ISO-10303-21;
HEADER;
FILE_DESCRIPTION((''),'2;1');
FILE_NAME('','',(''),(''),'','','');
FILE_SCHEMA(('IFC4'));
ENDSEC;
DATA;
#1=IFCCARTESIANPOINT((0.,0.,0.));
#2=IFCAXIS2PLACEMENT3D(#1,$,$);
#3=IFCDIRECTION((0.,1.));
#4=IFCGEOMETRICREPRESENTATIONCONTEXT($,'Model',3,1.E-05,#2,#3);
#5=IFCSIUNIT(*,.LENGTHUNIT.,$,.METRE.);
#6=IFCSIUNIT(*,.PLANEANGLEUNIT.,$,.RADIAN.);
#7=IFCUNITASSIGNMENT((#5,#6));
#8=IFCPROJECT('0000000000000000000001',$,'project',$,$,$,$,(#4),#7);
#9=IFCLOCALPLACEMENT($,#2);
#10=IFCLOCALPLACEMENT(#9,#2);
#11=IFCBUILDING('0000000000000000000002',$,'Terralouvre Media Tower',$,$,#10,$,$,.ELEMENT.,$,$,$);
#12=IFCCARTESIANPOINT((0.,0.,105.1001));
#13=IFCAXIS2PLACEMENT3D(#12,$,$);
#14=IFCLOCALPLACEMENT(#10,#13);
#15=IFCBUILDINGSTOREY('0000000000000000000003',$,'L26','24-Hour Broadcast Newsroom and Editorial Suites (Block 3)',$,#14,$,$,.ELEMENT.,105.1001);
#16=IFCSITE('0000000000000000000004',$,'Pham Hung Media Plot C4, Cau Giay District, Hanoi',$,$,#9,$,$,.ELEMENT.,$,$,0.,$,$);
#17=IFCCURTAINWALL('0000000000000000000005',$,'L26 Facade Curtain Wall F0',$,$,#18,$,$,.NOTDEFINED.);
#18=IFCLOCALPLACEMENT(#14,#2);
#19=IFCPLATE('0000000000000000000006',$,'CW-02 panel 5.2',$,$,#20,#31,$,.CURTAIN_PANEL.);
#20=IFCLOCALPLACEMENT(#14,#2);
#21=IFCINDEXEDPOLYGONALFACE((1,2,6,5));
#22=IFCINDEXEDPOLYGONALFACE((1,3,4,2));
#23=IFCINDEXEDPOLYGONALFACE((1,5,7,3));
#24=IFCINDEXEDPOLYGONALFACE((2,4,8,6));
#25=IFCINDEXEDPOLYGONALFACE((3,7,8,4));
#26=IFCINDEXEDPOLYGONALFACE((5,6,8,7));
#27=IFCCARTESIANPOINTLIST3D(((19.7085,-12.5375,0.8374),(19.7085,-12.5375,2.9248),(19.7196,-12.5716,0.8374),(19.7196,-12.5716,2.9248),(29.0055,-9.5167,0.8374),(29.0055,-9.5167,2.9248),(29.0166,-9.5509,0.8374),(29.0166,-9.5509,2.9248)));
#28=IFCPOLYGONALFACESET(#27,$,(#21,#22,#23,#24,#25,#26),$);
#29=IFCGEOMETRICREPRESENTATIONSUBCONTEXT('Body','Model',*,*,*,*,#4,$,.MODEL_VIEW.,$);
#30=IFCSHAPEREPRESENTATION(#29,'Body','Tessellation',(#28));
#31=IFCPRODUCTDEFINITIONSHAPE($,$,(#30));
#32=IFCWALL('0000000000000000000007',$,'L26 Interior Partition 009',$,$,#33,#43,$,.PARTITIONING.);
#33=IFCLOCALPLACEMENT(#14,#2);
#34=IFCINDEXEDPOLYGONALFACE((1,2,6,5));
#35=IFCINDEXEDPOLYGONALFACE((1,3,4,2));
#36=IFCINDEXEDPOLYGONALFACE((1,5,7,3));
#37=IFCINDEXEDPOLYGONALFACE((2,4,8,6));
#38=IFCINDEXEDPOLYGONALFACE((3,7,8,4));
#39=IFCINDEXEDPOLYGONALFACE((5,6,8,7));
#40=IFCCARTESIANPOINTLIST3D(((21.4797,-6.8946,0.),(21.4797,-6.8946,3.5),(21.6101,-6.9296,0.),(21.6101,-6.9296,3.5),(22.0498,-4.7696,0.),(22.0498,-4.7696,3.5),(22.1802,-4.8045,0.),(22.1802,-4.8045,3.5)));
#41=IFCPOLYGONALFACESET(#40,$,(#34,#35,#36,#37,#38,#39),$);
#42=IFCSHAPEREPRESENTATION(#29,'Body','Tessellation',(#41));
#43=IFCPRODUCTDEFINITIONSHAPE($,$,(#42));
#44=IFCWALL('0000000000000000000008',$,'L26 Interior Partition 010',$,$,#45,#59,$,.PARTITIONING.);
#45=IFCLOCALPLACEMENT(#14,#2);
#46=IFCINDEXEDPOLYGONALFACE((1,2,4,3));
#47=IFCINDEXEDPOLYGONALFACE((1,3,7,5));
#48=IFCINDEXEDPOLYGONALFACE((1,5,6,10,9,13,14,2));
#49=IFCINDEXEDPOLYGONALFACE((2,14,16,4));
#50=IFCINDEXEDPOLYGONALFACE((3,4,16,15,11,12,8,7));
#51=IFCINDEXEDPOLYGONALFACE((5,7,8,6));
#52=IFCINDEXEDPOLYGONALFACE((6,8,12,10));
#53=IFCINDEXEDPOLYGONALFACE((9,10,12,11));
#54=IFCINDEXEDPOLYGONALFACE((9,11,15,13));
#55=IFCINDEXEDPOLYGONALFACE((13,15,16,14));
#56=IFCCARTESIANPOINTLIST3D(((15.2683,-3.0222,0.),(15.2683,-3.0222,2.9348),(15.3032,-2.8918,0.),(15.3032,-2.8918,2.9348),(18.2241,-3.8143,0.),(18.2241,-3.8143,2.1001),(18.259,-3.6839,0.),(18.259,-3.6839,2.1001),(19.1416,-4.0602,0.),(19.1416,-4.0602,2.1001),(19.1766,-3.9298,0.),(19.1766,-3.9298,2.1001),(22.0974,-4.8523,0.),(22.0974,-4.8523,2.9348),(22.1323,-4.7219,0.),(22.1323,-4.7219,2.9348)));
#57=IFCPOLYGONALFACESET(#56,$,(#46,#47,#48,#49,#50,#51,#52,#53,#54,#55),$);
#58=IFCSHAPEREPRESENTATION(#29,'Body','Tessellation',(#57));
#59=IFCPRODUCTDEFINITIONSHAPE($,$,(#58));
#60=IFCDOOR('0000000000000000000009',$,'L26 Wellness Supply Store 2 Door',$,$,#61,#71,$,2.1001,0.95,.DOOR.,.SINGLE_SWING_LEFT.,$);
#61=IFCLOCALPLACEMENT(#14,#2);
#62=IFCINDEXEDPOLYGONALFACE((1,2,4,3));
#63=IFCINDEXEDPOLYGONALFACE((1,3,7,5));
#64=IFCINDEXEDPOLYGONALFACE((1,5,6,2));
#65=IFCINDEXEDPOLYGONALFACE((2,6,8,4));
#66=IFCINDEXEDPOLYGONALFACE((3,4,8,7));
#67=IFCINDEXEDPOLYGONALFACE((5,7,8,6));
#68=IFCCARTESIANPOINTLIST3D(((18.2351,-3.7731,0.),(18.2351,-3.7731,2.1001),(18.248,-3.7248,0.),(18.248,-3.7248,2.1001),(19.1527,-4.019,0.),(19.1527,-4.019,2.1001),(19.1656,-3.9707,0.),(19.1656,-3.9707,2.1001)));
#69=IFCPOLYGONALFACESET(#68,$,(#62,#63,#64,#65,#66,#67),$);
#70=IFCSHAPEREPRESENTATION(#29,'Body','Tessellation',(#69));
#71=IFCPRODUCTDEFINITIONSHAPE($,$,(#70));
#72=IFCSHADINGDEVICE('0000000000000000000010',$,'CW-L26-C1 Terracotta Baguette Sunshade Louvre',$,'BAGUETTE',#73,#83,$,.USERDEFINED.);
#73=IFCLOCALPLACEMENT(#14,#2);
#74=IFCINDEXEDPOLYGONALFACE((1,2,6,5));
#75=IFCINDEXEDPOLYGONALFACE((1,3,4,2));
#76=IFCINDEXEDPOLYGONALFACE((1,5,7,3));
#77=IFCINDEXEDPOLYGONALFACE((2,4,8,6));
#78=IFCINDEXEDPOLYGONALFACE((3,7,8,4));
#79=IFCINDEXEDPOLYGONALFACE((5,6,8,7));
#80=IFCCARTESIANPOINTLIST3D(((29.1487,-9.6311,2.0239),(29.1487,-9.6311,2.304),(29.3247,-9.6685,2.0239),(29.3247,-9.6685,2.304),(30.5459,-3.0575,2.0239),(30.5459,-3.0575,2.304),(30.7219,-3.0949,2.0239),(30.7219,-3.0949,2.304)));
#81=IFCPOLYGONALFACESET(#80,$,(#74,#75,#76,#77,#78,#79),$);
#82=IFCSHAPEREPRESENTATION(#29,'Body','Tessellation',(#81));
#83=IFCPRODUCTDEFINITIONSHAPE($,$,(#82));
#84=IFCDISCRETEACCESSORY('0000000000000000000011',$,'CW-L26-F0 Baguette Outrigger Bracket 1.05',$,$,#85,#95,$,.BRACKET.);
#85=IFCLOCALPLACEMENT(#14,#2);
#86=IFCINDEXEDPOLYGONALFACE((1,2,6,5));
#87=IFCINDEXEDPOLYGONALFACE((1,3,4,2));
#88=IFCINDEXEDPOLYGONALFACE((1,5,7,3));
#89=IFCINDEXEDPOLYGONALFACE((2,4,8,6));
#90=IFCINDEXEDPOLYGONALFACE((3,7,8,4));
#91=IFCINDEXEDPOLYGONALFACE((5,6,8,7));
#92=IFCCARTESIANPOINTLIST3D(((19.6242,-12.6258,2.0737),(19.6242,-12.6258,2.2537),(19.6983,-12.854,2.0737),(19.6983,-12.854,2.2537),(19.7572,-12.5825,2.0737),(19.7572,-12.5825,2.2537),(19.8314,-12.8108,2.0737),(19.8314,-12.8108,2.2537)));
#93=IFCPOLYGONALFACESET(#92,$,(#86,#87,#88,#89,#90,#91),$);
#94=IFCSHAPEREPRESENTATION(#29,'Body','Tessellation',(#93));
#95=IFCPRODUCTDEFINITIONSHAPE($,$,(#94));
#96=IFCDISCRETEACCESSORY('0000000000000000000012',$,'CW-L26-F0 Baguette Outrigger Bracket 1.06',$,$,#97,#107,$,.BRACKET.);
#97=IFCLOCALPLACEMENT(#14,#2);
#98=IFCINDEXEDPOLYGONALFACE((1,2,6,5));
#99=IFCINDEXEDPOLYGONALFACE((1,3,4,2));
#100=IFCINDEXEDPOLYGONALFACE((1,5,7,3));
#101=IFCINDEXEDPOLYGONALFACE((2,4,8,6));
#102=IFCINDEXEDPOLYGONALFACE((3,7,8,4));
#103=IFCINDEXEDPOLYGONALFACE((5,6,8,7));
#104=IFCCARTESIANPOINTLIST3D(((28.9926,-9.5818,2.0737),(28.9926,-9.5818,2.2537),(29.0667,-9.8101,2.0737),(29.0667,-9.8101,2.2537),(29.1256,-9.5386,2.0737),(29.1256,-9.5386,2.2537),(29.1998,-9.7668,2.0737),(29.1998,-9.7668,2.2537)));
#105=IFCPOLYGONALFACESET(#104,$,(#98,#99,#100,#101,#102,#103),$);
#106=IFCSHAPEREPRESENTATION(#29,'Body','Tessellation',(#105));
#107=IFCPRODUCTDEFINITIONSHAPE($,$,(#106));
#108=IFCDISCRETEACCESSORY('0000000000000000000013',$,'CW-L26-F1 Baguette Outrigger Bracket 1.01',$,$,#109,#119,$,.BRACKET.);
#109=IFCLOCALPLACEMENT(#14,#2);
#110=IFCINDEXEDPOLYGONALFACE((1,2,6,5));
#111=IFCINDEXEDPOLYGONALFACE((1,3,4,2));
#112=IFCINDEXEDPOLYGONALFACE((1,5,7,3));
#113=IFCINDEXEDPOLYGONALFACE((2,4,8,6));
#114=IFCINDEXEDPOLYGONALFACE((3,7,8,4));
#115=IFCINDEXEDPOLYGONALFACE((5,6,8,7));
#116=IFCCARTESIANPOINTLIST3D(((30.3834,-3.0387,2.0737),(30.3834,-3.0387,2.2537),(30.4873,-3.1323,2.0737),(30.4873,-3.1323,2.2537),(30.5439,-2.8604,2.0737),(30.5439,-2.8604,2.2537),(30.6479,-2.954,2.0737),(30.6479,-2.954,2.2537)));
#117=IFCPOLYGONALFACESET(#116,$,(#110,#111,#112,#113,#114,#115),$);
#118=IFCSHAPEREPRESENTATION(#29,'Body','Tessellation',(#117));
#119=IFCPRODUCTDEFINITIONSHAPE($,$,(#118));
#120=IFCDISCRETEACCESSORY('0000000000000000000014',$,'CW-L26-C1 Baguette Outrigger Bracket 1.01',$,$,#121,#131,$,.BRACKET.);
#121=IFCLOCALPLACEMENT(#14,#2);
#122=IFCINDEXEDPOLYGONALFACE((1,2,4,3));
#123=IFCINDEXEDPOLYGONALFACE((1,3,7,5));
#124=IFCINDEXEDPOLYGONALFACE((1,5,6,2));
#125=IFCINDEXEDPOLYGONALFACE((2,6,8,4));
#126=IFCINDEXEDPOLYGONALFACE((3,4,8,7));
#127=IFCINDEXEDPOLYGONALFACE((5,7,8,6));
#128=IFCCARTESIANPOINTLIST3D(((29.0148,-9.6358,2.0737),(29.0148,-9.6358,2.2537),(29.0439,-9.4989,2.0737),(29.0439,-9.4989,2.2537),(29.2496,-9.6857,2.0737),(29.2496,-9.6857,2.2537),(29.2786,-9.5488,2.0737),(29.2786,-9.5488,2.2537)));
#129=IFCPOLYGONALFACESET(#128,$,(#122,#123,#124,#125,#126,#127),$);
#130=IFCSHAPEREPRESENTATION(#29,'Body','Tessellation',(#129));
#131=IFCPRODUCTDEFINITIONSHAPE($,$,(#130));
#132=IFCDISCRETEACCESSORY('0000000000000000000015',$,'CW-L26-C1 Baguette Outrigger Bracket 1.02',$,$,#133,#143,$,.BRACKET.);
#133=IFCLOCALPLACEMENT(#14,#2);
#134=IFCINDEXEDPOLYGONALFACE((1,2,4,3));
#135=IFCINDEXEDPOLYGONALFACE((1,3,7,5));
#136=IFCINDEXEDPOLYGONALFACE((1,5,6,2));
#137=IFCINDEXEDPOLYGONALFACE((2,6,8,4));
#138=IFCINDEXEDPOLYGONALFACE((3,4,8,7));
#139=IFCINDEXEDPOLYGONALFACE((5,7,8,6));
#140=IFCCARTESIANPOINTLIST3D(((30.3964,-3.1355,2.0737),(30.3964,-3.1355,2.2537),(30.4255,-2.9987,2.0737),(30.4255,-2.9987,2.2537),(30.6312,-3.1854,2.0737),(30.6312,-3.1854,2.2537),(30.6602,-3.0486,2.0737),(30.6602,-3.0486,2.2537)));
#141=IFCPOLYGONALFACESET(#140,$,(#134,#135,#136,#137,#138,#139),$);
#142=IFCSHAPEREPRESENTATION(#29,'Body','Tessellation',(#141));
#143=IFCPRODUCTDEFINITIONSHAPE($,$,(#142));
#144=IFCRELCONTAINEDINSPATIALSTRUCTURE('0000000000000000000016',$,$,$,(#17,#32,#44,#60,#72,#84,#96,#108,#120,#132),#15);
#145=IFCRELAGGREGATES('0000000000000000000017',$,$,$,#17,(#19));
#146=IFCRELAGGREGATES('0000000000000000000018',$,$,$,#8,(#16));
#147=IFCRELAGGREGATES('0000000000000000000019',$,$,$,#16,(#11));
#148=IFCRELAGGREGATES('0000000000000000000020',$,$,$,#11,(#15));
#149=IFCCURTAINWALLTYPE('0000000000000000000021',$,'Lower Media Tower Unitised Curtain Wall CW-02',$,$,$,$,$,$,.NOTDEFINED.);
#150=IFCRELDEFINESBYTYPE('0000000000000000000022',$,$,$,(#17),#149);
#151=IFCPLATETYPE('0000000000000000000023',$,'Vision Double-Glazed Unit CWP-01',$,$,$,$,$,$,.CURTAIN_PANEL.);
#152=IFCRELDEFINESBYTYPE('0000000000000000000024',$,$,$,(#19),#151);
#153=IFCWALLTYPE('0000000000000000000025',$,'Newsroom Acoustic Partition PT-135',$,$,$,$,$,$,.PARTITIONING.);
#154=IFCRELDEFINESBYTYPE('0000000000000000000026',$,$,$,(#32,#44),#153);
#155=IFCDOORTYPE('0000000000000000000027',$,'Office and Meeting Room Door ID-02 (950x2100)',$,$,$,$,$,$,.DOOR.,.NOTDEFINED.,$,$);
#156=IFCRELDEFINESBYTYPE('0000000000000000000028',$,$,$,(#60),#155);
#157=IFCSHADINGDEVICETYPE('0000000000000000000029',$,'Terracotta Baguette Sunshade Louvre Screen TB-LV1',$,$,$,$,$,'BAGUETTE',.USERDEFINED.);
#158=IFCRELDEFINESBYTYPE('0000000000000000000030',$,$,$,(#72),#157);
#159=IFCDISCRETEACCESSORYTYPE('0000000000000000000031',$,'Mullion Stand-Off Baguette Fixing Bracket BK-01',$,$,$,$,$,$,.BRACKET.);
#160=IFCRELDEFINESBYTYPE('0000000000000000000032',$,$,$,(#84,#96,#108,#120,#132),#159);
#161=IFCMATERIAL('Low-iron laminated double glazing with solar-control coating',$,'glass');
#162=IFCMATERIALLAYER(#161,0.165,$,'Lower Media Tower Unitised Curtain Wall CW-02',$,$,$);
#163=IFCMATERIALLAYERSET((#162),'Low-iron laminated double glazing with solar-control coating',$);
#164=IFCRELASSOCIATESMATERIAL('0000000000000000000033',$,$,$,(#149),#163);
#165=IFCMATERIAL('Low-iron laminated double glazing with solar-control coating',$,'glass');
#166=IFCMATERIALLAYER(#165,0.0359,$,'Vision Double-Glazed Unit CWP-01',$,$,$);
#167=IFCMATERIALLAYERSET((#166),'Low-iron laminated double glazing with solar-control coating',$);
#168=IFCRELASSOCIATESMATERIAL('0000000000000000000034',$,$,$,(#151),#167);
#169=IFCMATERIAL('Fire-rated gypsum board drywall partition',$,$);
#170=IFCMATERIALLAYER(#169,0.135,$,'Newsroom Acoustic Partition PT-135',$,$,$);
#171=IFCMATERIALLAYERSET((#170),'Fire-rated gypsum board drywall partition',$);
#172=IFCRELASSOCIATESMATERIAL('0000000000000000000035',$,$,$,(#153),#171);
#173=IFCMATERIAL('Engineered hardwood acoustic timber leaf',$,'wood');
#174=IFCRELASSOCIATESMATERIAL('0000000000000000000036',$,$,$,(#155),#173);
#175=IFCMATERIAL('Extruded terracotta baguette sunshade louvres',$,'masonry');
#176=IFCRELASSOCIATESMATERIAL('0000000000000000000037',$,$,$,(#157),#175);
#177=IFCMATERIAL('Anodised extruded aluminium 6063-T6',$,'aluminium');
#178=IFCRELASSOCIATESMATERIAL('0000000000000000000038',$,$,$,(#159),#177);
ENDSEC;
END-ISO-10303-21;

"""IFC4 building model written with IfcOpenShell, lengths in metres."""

from ifc_helpers import new_model, si_unit, direction, frame, frame_2d, origin, origin_2d, place, context, subcontext, project, spatial, rectangle, extrude, material, layer, layer_set, type_object, element, fill, aggregate, save


model = new_model("IFC4")

# Units and contexts
model_context = context("Model", 3, precision=1e-05, world=origin(), true_north=direction((0.0, 1.0)))
body_context = subcontext(model_context, "Body", "Model", "MODEL_VIEW")
ifc_project = project(units=[si_unit("LENGTHUNIT", "METRE"), si_unit("PLANEANGLEUNIT", "RADIAN")], contexts=[model_context])

# Site, building, storey
site_placement = place(None, origin())
site = spatial("IfcSite", under=ifc_project, at=site_placement, Name="Pham Hung Media Plot C4, Cau Giay District, Hanoi", CompositionType="ELEMENT", RefElevation=0.0)
building_placement = place(site_placement, origin())
building = spatial("IfcBuilding", under=site, at=building_placement, Name="Terralouvre Media Tower", CompositionType="ELEMENT")
storey_placement = place(building_placement, frame((0.0, 0.0, 105.1001)))
storey = spatial("IfcBuildingStorey", under=building, at=storey_placement, Name="L26", Description="24-Hour Broadcast Newsroom and Editorial Suites (Block 3)", CompositionType="ELEMENT", Elevation=105.1001)

# Curtain wall
ifc_material_1 = material(Name="Low-iron laminated double glazing with solar-control coating", Category="glass")
ifc_layer_1 = layer(ifc_material_1, 0.165, Name="Lower Media Tower Unitised Curtain Wall CW-02")
ifc_layer_set_1 = layer_set([ifc_layer_1], Name="Low-iron laminated double glazing with solar-control coating")
curtain_wall_type_1 = type_object("IfcCurtainWallType", Name="Lower Media Tower Unitised Curtain Wall CW-02", PredefinedType="NOTDEFINED", material=ifc_layer_set_1)
curtain_wall_1_placement = place(storey_placement, origin())
curtain_wall_1 = element("IfcCurtainWall", 1, at=curtain_wall_1_placement, inside=storey, type_object=curtain_wall_type_1, Name="L26 Facade Curtain Wall F0", PredefinedType="NOTDEFINED")

# Plate
ifc_material_2 = material(Name="Low-iron laminated double glazing with solar-control coating", Category="glass")
ifc_layer_2 = layer(ifc_material_2, 0.0359, Name="Vision Double-Glazed Unit CWP-01")
ifc_layer_set_2 = layer_set([ifc_layer_2], Name="Low-iron laminated double glazing with solar-control coating")
plate_type_1 = type_object("IfcPlateType", Name="Vision Double-Glazed Unit CWP-01", PredefinedType="CURTAIN_PANEL", material=ifc_layer_set_2)
plate_1_placement = place(storey_placement, frame((24.3625, -11.0442, 0.8374), z_axis=(0.0, 0.0, 1.0), x_axis=(0.951057, 0.309017, 0.0)))
plate_1 = element("IfcPlate", 2, at=plate_1_placement, type_object=plate_type_1, Name="CW-02 panel 5.2", PredefinedType="CURTAIN_PANEL", context=body_context, shape_type="SweptSolid", body=[
    extrude(rectangle(XDim=9.7754, YDim=0.0359, at=origin_2d()), origin(), (0.0, 0.0, 1.0), 2.0874),
])
aggregate(curtain_wall_1, [plate_1])

# Wall
ifc_material_3 = material(Name="Fire-rated gypsum board drywall partition")
ifc_layer_3 = layer(ifc_material_3, 0.135, Name="Newsroom Acoustic Partition PT-135")
ifc_layer_set_3 = layer_set([ifc_layer_3], Name="Fire-rated gypsum board drywall partition")
wall_type = type_object("IfcWallType", Name="Newsroom Acoustic Partition PT-135", PredefinedType="PARTITIONING", material=ifc_layer_set_3)
wall_1_placement = place(storey_placement, frame((21.5449, -6.9121, 0.0), z_axis=(0.0, 0.0, 1.0), x_axis=(0.259106, 0.965849, 0.0)))
element("IfcWall", 3, at=wall_1_placement, inside=storey, type_object=wall_type, Name="L26 Interior Partition 009", PredefinedType="PARTITIONING", context=body_context, shape_type="SweptSolid", body=[
    extrude(rectangle(XDim=2.2002, YDim=0.135, at=frame_2d((1.1001, 0.0))), origin(), (0.0, 0.0, 1.0), 3.5),
])

# Wall, opening, door
wall_2_placement = place(storey_placement, frame((22.115, -4.7871, 0.0), z_axis=(0.0, 0.0, 1.0), x_axis=(-0.965918, 0.258849, 0.0)))
wall_2 = element("IfcWall", 4, at=wall_2_placement, inside=storey, type_object=wall_type, Name="L26 Interior Partition 010", PredefinedType="PARTITIONING", context=body_context, shape_type="SweptSolid", body=[
    extrude(rectangle(XDim=7.0701, YDim=0.135, at=frame_2d((3.5352, 0.0))), origin(), (0.0, 0.0, 1.0), 2.9348),
])
opening_placement = place(wall_2_placement, frame((3.0601, 0.0, 0.0)))
opening = element("IfcOpeningElement", 5, at=opening_placement, cuts=wall_2, PredefinedType="OPENING", context=body_context, shape_type="SweptSolid", body=[
    extrude(rectangle(XDim=0.95, YDim=2.1001, at=frame_2d((0.4751, 1.05))), frame((0.0, 0.0774, 0.0), z_axis=(0.0, -1.0, 0.0), x_axis=(1.0, 0.0, 0.0)), (0.0, 0.0, 1.0), 0.155),
])
ifc_material_4 = material(Name="Engineered hardwood acoustic timber leaf", Category="wood")
door_type = type_object("IfcDoorType", Name="Office and Meeting Room Door ID-02 (950x2100)", OperationType="NOTDEFINED", PredefinedType="DOOR", material=ifc_material_4)
door_placement = place(opening_placement, origin())
door = element("IfcDoor", 6, at=door_placement, inside=storey, type_object=door_type, Name="L26 Wellness Supply Store 2 Door", OperationType="SINGLE_SWING_LEFT", OverallHeight=2.1001, OverallWidth=0.95, PredefinedType="DOOR", context=body_context, shape_type="SweptSolid", body=[
    extrude(rectangle(XDim=0.95, YDim=2.1001, at=frame_2d((0.4751, 1.05))), frame((0.0, 0.0249, 0.0), z_axis=(0.0, -1.0, 0.0), x_axis=(1.0, 0.0, 0.0)), (0.0, 0.0, 1.0), 0.05),
])
fill(opening, door)

# Shading device
ifc_material_5 = material(Name="Extruded terracotta baguette sunshade louvres", Category="masonry")
shading_device_type = type_object("IfcShadingDeviceType", Name="Terracotta Baguette Sunshade Louvre Screen TB-LV1", ElementType="BAGUETTE", PredefinedType="USERDEFINED", material=ifc_material_5)
shading_device_placement = place(storey_placement, frame((29.9353, -6.363, 2.0239), z_axis=(0.0, 0.0, 1.0), x_axis=(0.207912, 0.978148, 0.0)))
element("IfcShadingDevice", 7, at=shading_device_placement, inside=storey, type_object=shading_device_type, Name="CW-L26-C1 Terracotta Baguette Sunshade Louvre", ObjectType="BAGUETTE", PredefinedType="USERDEFINED", context=body_context, shape_type="SweptSolid", body=[
    extrude(rectangle(XDim=6.7205, YDim=0.1799, at=origin_2d()), origin(), (0.0, 0.0, 1.0), 0.28),
])

# Discrete accessories
ifc_material_6 = material(Name="Anodised extruded aluminium 6063-T6", Category="aluminium")
discrete_accessory_type = type_object("IfcDiscreteAccessoryType", Name="Mullion Stand-Off Baguette Fixing Bracket BK-01", PredefinedType="BRACKET", material=ifc_material_6)
for number, where, z_axis, x_axis, name in (
    (8, (19.7278, -12.7183, 2.0737), (0.0, 0.0, 1.0), (0.951057, 0.309017, 0.0), "CW-L26-F0 Baguette Outrigger Bracket 1.05"),
    (9, (29.0962, -9.6743, 2.0737), (0.0, 0.0, 1.0), (0.951057, 0.309017, 0.0), "CW-L26-F0 Baguette Outrigger Bracket 1.06"),
    (10, (30.5156, -2.9963, 2.0737), (0.0, 0.0, 1.0), (-0.743145, 0.669131, 0.0), "CW-L26-F1 Baguette Outrigger Bracket 1.01"),
    (11, (29.1467, -9.5923, 2.0737), (0.0, 0.0, 1.0), (0.207912, 0.978148, 0.0), "CW-L26-C1 Baguette Outrigger Bracket 1.01"),
    (12, (30.5283, -3.092, 2.0737), (0.0, 0.0, 1.0), (0.207912, 0.978148, 0.0), "CW-L26-C1 Baguette Outrigger Bracket 1.02"),
):
    element("IfcDiscreteAccessory", number, at=place(storey_placement, frame(where, z_axis=z_axis, x_axis=x_axis)), inside=storey, type_object=discrete_accessory_type, Name=name, PredefinedType="BRACKET", context=body_context, shape_type="SweptSolid", body=[
        extrude(rectangle(XDim=0.1399, YDim=0.24, at=origin_2d()), origin(), (0.0, 0.0, 1.0), 0.1799),
    ])

save(model, "model.ifc")
